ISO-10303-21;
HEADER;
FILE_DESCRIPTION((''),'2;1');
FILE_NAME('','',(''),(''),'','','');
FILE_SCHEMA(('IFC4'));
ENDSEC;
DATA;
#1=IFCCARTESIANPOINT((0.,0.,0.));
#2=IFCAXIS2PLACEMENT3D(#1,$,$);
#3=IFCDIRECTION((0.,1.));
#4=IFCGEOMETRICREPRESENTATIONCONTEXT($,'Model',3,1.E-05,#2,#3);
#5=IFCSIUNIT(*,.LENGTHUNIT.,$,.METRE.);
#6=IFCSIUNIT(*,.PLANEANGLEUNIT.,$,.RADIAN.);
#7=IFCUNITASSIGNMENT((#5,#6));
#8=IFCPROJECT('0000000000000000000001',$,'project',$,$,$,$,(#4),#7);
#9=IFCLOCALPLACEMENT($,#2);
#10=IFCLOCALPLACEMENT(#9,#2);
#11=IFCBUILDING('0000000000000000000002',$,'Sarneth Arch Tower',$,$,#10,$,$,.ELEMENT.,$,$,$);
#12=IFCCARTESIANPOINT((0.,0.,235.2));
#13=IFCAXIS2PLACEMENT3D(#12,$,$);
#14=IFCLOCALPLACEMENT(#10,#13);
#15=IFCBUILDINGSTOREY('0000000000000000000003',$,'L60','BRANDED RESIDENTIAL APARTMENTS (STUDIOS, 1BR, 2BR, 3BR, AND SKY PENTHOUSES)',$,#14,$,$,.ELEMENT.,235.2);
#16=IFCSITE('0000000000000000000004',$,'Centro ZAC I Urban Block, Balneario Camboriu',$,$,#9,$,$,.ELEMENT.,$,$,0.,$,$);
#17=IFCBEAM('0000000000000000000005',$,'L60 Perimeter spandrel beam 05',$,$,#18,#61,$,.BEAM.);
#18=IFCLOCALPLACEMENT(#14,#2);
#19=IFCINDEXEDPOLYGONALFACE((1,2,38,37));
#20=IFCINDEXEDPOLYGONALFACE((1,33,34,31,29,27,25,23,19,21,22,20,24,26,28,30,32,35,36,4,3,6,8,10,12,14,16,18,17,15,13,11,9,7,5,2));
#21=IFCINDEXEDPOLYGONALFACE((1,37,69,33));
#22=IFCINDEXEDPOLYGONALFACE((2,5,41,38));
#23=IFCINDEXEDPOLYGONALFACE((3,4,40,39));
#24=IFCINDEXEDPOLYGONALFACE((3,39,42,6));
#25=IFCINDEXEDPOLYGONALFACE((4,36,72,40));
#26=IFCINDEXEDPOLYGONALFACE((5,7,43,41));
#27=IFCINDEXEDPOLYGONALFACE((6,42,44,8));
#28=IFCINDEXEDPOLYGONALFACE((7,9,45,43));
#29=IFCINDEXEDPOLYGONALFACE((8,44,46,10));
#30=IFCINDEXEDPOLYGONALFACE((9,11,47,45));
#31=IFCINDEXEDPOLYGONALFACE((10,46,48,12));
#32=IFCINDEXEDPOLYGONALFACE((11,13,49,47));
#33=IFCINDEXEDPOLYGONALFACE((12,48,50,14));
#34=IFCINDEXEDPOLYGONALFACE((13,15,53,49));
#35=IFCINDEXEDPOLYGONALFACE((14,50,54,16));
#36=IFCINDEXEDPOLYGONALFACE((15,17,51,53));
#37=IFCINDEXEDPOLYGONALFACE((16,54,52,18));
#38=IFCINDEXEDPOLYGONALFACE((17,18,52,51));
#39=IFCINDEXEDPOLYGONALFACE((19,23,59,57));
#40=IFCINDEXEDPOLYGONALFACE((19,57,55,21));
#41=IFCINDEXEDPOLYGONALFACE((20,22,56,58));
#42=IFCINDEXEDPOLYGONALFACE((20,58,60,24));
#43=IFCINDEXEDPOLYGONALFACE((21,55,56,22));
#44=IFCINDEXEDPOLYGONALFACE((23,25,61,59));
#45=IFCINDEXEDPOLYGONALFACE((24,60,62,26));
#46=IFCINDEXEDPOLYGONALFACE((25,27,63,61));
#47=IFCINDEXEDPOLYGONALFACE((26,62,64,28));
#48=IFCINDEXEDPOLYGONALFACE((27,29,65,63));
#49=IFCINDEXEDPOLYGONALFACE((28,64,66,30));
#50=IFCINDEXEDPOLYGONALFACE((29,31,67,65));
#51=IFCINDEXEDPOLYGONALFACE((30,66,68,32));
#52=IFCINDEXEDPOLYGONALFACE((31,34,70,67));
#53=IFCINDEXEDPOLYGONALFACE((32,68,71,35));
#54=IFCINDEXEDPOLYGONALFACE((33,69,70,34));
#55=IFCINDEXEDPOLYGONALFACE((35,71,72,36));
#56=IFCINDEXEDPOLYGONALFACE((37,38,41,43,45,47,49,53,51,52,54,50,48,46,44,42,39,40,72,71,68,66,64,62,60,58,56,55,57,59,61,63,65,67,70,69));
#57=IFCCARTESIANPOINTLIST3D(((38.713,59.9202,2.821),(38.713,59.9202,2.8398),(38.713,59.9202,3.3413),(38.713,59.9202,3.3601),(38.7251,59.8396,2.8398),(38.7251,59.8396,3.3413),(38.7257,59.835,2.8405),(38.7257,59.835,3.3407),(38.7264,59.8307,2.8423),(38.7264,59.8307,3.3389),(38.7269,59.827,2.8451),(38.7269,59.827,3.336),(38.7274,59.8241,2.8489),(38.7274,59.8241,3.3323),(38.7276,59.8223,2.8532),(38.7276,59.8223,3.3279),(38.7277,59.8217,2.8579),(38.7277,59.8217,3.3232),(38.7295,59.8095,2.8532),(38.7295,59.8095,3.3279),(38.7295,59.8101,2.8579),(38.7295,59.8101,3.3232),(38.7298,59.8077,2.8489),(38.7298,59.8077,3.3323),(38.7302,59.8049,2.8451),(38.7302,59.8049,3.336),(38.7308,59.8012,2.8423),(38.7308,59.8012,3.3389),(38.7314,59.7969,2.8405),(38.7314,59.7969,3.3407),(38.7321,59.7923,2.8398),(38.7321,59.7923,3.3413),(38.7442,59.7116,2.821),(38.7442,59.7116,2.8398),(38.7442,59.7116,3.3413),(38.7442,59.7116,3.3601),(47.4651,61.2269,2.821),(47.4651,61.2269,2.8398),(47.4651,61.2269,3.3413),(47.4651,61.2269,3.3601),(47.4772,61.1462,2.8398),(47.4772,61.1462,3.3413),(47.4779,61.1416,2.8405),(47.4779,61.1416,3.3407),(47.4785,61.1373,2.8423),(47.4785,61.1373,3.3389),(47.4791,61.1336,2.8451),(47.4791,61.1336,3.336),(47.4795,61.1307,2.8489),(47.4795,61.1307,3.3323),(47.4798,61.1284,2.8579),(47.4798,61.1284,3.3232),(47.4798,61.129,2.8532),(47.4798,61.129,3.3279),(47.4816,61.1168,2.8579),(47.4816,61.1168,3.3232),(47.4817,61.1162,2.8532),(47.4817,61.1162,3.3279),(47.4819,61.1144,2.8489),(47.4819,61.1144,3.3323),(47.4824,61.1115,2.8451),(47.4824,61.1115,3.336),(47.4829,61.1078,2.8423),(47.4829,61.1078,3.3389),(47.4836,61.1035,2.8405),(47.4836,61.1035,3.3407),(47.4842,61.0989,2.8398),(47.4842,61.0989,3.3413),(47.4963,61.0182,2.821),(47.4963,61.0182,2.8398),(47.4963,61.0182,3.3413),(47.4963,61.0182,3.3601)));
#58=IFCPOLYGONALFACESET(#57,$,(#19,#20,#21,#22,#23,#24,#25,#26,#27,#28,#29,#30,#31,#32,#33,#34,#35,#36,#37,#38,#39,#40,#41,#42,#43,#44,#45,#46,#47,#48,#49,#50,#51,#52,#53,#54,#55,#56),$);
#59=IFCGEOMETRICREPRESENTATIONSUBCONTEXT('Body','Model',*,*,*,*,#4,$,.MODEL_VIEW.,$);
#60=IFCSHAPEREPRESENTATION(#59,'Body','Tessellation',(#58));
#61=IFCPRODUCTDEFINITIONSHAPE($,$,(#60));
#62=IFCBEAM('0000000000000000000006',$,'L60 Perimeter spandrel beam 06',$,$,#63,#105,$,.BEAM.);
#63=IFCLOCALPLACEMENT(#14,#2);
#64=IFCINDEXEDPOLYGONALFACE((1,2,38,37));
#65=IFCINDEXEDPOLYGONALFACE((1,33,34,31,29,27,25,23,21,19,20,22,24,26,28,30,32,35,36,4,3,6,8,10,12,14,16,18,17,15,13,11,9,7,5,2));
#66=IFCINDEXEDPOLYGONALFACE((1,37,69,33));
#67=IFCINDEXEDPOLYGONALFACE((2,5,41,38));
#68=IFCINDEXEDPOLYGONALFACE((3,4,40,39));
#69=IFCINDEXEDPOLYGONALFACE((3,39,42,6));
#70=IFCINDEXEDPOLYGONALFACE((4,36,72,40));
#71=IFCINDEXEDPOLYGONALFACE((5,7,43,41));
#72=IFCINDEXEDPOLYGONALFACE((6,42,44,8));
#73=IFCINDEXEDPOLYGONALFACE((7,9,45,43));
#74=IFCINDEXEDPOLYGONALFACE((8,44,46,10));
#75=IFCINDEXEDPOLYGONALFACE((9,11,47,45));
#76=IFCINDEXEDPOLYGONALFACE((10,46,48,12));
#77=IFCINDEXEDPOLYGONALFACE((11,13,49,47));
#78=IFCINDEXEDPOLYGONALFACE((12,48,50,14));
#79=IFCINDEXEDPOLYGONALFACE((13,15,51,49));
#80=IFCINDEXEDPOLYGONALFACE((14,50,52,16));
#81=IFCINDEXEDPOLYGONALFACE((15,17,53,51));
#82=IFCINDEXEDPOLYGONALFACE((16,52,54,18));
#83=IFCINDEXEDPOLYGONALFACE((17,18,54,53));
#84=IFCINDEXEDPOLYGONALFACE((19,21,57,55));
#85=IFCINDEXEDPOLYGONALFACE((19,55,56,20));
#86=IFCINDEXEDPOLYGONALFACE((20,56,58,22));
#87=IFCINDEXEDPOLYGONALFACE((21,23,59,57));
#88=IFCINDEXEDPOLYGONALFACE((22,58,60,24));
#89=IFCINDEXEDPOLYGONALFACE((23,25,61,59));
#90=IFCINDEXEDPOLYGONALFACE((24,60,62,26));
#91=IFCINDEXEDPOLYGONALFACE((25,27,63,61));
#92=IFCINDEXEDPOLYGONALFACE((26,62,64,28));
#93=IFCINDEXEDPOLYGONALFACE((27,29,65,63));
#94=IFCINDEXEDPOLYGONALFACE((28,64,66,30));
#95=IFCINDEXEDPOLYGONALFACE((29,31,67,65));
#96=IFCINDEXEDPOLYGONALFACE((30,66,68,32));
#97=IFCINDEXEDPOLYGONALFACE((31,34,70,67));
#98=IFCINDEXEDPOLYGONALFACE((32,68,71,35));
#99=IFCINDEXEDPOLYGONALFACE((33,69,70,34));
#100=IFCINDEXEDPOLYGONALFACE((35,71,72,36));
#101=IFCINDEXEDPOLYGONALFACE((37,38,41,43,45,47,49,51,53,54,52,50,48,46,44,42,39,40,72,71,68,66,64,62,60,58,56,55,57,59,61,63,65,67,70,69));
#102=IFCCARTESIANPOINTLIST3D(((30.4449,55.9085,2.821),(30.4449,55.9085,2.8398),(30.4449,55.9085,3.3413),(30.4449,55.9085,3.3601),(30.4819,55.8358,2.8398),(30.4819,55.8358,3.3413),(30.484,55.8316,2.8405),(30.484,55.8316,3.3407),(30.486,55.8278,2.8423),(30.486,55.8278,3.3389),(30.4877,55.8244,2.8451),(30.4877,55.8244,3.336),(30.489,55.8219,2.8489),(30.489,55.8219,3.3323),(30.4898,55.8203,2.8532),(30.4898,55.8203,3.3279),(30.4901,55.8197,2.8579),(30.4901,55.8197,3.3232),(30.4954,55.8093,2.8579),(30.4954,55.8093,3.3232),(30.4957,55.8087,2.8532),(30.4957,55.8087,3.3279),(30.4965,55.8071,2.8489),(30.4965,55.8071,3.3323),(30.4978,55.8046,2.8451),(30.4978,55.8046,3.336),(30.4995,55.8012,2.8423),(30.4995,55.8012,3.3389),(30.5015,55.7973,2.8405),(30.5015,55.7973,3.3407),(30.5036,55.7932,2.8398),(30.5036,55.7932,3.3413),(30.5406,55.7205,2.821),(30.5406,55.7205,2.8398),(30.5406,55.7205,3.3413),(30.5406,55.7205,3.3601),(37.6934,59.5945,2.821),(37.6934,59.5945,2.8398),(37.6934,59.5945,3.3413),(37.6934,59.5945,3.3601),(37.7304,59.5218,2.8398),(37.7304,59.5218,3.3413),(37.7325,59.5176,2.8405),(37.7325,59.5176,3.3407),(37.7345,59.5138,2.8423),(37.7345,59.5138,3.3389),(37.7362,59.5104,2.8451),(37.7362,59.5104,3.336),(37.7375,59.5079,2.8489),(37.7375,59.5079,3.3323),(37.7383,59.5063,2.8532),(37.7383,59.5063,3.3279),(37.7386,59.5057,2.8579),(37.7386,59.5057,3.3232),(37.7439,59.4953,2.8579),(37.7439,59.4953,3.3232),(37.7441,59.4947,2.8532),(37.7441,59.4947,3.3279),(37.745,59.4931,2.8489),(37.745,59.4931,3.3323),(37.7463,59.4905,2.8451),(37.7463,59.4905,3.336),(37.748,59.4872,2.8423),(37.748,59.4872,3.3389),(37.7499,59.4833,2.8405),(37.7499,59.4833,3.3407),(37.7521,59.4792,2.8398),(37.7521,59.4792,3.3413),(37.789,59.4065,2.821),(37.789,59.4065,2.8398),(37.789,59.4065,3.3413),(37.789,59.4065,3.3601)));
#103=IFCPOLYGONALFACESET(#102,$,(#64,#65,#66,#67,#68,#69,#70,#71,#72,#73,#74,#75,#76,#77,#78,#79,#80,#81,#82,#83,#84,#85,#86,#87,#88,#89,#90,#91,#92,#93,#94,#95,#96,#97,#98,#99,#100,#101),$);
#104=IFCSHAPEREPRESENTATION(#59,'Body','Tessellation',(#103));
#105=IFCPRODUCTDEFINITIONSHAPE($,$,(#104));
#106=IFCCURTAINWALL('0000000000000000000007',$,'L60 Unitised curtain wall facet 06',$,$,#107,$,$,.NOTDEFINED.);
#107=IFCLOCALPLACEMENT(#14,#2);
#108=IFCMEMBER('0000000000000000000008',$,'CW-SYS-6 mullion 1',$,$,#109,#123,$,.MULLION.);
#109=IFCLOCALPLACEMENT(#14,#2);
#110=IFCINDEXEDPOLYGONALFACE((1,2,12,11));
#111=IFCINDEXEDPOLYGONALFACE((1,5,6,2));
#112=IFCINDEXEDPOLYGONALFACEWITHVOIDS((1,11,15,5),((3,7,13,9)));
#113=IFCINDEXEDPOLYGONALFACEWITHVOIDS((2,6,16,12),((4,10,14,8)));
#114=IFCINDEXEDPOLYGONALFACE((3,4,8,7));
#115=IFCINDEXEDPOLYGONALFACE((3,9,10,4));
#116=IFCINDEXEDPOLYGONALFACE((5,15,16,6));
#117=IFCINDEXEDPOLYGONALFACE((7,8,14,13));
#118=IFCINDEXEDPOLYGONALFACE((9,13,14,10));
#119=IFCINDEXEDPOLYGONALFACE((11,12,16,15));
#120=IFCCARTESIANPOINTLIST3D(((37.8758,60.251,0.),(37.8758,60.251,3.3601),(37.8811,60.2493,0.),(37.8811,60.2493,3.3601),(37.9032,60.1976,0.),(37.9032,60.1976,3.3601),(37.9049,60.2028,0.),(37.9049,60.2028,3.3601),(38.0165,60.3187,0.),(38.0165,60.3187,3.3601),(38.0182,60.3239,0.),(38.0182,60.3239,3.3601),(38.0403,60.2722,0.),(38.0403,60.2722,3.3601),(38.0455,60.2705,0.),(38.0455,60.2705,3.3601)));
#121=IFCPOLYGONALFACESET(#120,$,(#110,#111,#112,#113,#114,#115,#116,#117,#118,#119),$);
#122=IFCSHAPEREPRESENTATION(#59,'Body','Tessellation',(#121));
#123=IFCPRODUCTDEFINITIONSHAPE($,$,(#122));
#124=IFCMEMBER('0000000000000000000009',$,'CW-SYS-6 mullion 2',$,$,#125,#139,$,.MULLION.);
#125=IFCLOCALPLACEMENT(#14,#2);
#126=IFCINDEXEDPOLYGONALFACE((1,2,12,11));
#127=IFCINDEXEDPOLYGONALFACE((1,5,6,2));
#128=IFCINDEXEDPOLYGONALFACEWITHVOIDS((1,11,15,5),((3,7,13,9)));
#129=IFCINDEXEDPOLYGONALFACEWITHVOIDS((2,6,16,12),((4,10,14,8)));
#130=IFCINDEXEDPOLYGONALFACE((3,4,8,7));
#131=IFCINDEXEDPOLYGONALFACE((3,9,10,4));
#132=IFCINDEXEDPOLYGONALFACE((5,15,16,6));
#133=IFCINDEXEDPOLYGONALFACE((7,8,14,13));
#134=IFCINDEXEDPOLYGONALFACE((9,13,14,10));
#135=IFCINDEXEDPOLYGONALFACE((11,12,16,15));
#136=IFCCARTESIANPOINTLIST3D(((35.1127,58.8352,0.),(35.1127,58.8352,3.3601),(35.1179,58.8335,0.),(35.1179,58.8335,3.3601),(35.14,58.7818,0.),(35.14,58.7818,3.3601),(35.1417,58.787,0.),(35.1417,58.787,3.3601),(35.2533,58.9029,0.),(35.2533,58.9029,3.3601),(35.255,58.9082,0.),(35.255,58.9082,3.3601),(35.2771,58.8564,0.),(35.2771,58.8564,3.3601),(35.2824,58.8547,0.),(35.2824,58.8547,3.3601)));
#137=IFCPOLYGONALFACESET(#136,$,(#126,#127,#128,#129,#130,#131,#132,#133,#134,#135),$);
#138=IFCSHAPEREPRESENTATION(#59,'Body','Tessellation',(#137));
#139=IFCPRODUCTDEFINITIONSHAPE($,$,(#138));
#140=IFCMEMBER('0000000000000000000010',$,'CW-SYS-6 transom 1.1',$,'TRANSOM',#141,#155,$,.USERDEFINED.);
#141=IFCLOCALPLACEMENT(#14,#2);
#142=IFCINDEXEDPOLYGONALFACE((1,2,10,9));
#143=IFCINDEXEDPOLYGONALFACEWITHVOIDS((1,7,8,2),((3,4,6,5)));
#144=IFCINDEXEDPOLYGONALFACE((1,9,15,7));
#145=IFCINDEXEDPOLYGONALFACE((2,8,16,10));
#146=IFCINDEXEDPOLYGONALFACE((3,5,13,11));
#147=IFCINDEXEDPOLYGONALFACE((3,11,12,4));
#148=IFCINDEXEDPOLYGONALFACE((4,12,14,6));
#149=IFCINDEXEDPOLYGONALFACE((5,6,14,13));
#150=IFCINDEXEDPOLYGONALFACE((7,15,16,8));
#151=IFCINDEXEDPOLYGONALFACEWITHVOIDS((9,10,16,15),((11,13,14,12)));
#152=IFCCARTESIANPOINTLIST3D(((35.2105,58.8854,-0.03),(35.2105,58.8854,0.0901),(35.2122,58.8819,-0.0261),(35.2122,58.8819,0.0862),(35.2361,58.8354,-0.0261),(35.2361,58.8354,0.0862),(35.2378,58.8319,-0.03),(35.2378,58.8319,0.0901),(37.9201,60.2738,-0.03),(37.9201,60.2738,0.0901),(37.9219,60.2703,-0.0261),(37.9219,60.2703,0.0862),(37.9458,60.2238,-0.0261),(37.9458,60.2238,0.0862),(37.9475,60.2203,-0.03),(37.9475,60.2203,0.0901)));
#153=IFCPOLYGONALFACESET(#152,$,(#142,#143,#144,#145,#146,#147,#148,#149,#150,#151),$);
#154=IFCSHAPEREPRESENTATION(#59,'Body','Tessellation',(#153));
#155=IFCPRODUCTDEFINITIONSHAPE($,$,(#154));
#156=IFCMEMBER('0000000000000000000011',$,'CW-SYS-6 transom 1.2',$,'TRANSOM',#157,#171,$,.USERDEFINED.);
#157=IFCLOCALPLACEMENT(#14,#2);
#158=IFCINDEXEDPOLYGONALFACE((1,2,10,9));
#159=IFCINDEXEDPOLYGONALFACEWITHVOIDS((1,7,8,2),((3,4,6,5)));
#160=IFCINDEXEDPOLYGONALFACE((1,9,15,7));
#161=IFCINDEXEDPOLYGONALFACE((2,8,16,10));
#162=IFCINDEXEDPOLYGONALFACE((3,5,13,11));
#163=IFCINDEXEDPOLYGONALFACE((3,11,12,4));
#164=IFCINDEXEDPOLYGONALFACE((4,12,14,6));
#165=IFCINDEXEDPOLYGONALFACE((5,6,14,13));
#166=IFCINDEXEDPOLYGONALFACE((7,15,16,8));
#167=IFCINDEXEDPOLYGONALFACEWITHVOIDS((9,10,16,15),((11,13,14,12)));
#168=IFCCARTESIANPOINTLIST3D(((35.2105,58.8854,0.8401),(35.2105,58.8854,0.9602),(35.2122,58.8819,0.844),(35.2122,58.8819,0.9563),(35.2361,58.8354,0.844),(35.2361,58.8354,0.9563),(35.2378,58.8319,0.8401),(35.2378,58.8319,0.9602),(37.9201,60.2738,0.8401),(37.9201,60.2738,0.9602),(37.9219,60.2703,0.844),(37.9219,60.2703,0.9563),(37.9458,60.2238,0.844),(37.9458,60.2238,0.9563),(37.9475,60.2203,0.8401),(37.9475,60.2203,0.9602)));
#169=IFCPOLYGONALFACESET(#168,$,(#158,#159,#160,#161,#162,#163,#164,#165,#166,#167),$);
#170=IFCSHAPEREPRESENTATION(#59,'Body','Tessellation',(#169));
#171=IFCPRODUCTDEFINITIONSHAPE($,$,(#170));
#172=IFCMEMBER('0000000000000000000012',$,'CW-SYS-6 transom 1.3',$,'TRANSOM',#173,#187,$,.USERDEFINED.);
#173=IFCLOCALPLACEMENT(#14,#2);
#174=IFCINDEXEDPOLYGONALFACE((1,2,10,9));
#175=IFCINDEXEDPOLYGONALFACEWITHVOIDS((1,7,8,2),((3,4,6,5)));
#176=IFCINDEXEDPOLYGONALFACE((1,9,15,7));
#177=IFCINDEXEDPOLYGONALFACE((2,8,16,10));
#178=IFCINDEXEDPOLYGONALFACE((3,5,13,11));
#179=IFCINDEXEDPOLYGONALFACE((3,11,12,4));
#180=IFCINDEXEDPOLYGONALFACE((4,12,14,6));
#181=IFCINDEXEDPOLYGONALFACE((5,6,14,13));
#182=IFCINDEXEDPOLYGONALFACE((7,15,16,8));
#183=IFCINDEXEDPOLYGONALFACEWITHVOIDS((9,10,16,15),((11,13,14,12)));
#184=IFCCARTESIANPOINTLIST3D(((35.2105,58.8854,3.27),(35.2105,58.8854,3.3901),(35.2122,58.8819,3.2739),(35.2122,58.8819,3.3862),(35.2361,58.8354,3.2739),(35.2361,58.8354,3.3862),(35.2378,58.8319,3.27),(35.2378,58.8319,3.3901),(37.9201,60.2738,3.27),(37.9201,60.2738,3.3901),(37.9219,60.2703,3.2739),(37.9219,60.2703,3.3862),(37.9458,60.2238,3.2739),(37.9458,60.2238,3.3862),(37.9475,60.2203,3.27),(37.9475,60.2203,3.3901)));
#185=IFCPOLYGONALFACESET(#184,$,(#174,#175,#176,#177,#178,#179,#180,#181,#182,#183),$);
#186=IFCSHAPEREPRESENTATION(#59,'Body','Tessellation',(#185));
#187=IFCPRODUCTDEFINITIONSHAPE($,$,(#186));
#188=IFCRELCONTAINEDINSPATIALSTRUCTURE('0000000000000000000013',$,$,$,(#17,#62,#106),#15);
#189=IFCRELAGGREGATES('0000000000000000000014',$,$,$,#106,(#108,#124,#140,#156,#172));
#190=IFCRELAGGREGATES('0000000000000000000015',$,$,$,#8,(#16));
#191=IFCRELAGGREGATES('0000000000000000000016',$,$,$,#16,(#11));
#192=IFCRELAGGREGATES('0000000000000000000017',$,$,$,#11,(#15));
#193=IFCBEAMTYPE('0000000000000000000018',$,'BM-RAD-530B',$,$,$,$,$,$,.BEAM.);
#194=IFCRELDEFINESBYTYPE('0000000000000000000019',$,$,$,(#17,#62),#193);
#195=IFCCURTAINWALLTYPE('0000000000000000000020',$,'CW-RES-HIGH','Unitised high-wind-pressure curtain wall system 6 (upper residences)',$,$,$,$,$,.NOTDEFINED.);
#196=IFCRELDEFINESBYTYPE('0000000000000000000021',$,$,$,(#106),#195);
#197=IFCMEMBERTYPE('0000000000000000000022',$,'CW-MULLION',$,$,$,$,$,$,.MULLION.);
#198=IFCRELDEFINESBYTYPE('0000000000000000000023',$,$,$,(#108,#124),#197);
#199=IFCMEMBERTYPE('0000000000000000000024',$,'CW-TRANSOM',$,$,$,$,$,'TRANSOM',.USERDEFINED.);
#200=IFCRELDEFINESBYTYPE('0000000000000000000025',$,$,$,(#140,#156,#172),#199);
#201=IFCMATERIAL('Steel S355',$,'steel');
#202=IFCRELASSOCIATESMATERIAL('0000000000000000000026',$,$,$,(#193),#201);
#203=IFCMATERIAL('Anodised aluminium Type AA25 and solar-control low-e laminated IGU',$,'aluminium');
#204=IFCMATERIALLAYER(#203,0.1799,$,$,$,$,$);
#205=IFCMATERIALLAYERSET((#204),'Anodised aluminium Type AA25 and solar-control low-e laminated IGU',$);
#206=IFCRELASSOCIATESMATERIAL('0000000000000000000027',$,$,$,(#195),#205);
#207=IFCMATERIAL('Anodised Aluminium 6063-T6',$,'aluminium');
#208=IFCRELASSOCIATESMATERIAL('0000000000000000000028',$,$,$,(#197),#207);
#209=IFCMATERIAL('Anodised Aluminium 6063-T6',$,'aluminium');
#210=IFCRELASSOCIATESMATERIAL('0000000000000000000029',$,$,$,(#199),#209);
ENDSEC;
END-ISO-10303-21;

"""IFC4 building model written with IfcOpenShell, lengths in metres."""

from ifc_helpers import new_model, si_unit, direction, frame, origin, origin_2d, place, context, subcontext, project, spatial, hollow_rectangle, i_section, extrude, material, layer, layer_set, material_profile, profile_set, type_object, element, aggregate, save


model = new_model("IFC4")

# Units and contexts
model_context = context("Model", 3, precision=1e-05, world=origin(), true_north=direction((0.0, 1.0)))
body_context = subcontext(model_context, "Body", "Model", "MODEL_VIEW")
ifc_project = project(units=[si_unit("LENGTHUNIT", "METRE"), si_unit("PLANEANGLEUNIT", "RADIAN")], contexts=[model_context])

# Site, building, storey
site_placement = place(None, origin())
site = spatial("IfcSite", under=ifc_project, at=site_placement, Name="Centro ZAC I Urban Block, Balneario Camboriu", CompositionType="ELEMENT", RefElevation=0.0)
building_placement = place(site_placement, origin())
building = spatial("IfcBuilding", under=site, at=building_placement, Name="Sarneth Arch Tower", CompositionType="ELEMENT")
storey_placement = place(building_placement, frame((0.0, 0.0, 235.2)))
storey = spatial("IfcBuildingStorey", under=building, at=storey_placement, Name="L60", Description="BRANDED RESIDENTIAL APARTMENTS (STUDIOS, 1BR, 2BR, 3BR, AND SKY PENTHOUSES)", CompositionType="ELEMENT", Elevation=235.2)

# Beams
ifc_material_1 = material(Name="Steel S355", Category="steel")
ifc_material_profile_1 = material_profile(ifc_material_1, i_section(OverallWidth=0.2109, OverallDepth=0.5391, WebThickness=0.0117, FlangeThickness=0.0188, FilletRadius=0.0181, at=origin_2d()), Name="W530x109")
ifc_profile_set_1 = profile_set([ifc_material_profile_1], Name="Steel S355")
beam_type = type_object("IfcBeamType", Name="BM-RAD-530B", PredefinedType="BEAM", material=ifc_profile_set_1)
beam_1_placement = place(storey_placement, frame((47.4807, 61.1226, 3.0906), z_axis=(-0.989039, -0.147656, 0.0), x_axis=(0.147656, -0.989039, 0.0)))
element("IfcBeam", 1, at=beam_1_placement, inside=storey, type_object=beam_type, Name="L60 Perimeter spandrel beam 05", PredefinedType="BEAM", context=body_context, shape_type="SweptSolid", body=[
    extrude(i_section(OverallWidth=0.2109, OverallDepth=0.5391, WebThickness=0.0117, FlangeThickness=0.0188, FilletRadius=0.0181, at=origin_2d()), origin(), (0.0, 0.0, 1.0), 8.8491),
])
beam_2_placement = place(storey_placement, frame((37.7412, 59.5005, 3.0906), z_axis=(-0.891368, -0.45328, 0.0), x_axis=(0.45328, -0.891368, 0.0)))
element("IfcBeam", 2, at=beam_2_placement, inside=storey, type_object=beam_type, Name="L60 Perimeter spandrel beam 06", PredefinedType="BEAM", context=body_context, shape_type="SweptSolid", body=[
    extrude(i_section(OverallWidth=0.2109, OverallDepth=0.5391, WebThickness=0.0117, FlangeThickness=0.0188, FilletRadius=0.0181, at=origin_2d()), origin(), (0.0, 0.0, 1.0), 8.1318),
])

# Curtain wall, members
ifc_material_2 = material(Name="Anodised aluminium Type AA25 and solar-control low-e laminated IGU", Category="aluminium")
ifc_layer_1 = layer(ifc_material_2, 0.1799)
ifc_layer_set_1 = layer_set([ifc_layer_1], Name="Anodised aluminium Type AA25 and solar-control low-e laminated IGU")
curtain_wall_type = type_object("IfcCurtainWallType", Name="CW-RES-HIGH", Description="Unitised high-wind-pressure curtain wall system 6 (upper residences)", PredefinedType="NOTDEFINED", material=ifc_layer_set_1)
curtain_wall_placement = place(storey_placement, origin())
curtain_wall = element("IfcCurtainWall", 3, at=curtain_wall_placement, inside=storey, type_object=curtain_wall_type, Name="L60 Unitised curtain wall facet 06", PredefinedType="NOTDEFINED")
ifc_material_3 = material(Name="Anodised Aluminium 6063-T6", Category="aluminium")
ifc_material_profile_2 = material_profile(ifc_material_3, hollow_rectangle(XDim=0.0601, YDim=0.1599, WallThickness=0.0039, at=origin_2d()), Name="AL-MULL-160x60x4")
ifc_profile_set_2 = profile_set([ifc_material_profile_2], Name="Anodised Aluminium 6063-T6")
member_type_1 = type_object("IfcMemberType", Name="CW-MULLION", PredefinedType="MULLION", material=ifc_profile_set_2)
member_1_placement = place(storey_placement, frame((37.9607, 60.2607, 0.0), z_axis=(0.0, 0.0, 1.0), x_axis=(0.455942, -0.89001, 0.0)))
member_1 = element("IfcMember", 4, at=member_1_placement, type_object=member_type_1, Name="CW-SYS-6 mullion 1", PredefinedType="MULLION", context=body_context, shape_type="SweptSolid", body=[
    extrude(hollow_rectangle(XDim=0.0601, YDim=0.1599, WallThickness=0.0039, at=origin_2d()), origin(), (0.0, 0.0, 1.0), 3.3601),
])
member_2_placement = place(storey_placement, frame((35.1975, 58.845, 0.0), z_axis=(0.0, 0.0, 1.0), x_axis=(0.455942, -0.89001, 0.0)))
member_2 = element("IfcMember", 5, at=member_2_placement, type_object=member_type_1, Name="CW-SYS-6 mullion 2", PredefinedType="MULLION", context=body_context, shape_type="SweptSolid", body=[
    extrude(hollow_rectangle(XDim=0.0601, YDim=0.1599, WallThickness=0.0039, at=origin_2d()), origin(), (0.0, 0.0, 1.0), 3.3601),
])
ifc_material_4 = material(Name="Anodised Aluminium 6063-T6", Category="aluminium")
ifc_material_profile_3 = material_profile(ifc_material_4, hollow_rectangle(XDim=0.0601, YDim=0.1201, WallThickness=0.0039, at=origin_2d()), Name="AL-TRAN-120x60x4")
ifc_profile_set_3 = profile_set([ifc_material_profile_3], Name="Anodised Aluminium 6063-T6")
member_type_2 = type_object("IfcMemberType", Name="CW-TRANSOM", ElementType="TRANSOM", PredefinedType="USERDEFINED", material=ifc_profile_set_3)
member_3_placement = place(storey_placement, frame((37.9338, 60.2471, 0.03), z_axis=(-0.889974, -0.456012, 0.0), x_axis=(0.456012, -0.889974, 0.0)))
member_3 = element("IfcMember", 6, at=member_3_placement, type_object=member_type_2, Name="CW-SYS-6 transom 1.1", ObjectType="TRANSOM", PredefinedType="USERDEFINED", context=body_context, shape_type="SweptSolid", body=[
    extrude(hollow_rectangle(XDim=0.0601, YDim=0.1201, WallThickness=0.0039, at=origin_2d()), origin(), (0.0, 0.0, 1.0), 3.0447),
])
member_4_placement = place(storey_placement, frame((37.9338, 60.2471, 0.9001), z_axis=(-0.889974, -0.456012, 0.0), x_axis=(0.456012, -0.889974, 0.0)))
member_4 = element("IfcMember", 7, at=member_4_placement, type_object=member_type_2, Name="CW-SYS-6 transom 1.2", ObjectType="TRANSOM", PredefinedType="USERDEFINED", context=body_context, shape_type="SweptSolid", body=[
    extrude(hollow_rectangle(XDim=0.0601, YDim=0.1201, WallThickness=0.0039, at=origin_2d()), origin(), (0.0, 0.0, 1.0), 3.0447),
])
member_5_placement = place(storey_placement, frame((37.9338, 60.2471, 3.3301), z_axis=(-0.889974, -0.456012, 0.0), x_axis=(0.456012, -0.889974, 0.0)))
member_5 = element("IfcMember", 8, at=member_5_placement, type_object=member_type_2, Name="CW-SYS-6 transom 1.3", ObjectType="TRANSOM", PredefinedType="USERDEFINED", context=body_context, shape_type="SweptSolid", body=[
    extrude(hollow_rectangle(XDim=0.0601, YDim=0.1201, WallThickness=0.0039, at=origin_2d()), origin(), (0.0, 0.0, 1.0), 3.0447),
])

aggregate(curtain_wall, [member_1, member_2, member_3, member_4, member_5])

save(model, "model.ifc")
